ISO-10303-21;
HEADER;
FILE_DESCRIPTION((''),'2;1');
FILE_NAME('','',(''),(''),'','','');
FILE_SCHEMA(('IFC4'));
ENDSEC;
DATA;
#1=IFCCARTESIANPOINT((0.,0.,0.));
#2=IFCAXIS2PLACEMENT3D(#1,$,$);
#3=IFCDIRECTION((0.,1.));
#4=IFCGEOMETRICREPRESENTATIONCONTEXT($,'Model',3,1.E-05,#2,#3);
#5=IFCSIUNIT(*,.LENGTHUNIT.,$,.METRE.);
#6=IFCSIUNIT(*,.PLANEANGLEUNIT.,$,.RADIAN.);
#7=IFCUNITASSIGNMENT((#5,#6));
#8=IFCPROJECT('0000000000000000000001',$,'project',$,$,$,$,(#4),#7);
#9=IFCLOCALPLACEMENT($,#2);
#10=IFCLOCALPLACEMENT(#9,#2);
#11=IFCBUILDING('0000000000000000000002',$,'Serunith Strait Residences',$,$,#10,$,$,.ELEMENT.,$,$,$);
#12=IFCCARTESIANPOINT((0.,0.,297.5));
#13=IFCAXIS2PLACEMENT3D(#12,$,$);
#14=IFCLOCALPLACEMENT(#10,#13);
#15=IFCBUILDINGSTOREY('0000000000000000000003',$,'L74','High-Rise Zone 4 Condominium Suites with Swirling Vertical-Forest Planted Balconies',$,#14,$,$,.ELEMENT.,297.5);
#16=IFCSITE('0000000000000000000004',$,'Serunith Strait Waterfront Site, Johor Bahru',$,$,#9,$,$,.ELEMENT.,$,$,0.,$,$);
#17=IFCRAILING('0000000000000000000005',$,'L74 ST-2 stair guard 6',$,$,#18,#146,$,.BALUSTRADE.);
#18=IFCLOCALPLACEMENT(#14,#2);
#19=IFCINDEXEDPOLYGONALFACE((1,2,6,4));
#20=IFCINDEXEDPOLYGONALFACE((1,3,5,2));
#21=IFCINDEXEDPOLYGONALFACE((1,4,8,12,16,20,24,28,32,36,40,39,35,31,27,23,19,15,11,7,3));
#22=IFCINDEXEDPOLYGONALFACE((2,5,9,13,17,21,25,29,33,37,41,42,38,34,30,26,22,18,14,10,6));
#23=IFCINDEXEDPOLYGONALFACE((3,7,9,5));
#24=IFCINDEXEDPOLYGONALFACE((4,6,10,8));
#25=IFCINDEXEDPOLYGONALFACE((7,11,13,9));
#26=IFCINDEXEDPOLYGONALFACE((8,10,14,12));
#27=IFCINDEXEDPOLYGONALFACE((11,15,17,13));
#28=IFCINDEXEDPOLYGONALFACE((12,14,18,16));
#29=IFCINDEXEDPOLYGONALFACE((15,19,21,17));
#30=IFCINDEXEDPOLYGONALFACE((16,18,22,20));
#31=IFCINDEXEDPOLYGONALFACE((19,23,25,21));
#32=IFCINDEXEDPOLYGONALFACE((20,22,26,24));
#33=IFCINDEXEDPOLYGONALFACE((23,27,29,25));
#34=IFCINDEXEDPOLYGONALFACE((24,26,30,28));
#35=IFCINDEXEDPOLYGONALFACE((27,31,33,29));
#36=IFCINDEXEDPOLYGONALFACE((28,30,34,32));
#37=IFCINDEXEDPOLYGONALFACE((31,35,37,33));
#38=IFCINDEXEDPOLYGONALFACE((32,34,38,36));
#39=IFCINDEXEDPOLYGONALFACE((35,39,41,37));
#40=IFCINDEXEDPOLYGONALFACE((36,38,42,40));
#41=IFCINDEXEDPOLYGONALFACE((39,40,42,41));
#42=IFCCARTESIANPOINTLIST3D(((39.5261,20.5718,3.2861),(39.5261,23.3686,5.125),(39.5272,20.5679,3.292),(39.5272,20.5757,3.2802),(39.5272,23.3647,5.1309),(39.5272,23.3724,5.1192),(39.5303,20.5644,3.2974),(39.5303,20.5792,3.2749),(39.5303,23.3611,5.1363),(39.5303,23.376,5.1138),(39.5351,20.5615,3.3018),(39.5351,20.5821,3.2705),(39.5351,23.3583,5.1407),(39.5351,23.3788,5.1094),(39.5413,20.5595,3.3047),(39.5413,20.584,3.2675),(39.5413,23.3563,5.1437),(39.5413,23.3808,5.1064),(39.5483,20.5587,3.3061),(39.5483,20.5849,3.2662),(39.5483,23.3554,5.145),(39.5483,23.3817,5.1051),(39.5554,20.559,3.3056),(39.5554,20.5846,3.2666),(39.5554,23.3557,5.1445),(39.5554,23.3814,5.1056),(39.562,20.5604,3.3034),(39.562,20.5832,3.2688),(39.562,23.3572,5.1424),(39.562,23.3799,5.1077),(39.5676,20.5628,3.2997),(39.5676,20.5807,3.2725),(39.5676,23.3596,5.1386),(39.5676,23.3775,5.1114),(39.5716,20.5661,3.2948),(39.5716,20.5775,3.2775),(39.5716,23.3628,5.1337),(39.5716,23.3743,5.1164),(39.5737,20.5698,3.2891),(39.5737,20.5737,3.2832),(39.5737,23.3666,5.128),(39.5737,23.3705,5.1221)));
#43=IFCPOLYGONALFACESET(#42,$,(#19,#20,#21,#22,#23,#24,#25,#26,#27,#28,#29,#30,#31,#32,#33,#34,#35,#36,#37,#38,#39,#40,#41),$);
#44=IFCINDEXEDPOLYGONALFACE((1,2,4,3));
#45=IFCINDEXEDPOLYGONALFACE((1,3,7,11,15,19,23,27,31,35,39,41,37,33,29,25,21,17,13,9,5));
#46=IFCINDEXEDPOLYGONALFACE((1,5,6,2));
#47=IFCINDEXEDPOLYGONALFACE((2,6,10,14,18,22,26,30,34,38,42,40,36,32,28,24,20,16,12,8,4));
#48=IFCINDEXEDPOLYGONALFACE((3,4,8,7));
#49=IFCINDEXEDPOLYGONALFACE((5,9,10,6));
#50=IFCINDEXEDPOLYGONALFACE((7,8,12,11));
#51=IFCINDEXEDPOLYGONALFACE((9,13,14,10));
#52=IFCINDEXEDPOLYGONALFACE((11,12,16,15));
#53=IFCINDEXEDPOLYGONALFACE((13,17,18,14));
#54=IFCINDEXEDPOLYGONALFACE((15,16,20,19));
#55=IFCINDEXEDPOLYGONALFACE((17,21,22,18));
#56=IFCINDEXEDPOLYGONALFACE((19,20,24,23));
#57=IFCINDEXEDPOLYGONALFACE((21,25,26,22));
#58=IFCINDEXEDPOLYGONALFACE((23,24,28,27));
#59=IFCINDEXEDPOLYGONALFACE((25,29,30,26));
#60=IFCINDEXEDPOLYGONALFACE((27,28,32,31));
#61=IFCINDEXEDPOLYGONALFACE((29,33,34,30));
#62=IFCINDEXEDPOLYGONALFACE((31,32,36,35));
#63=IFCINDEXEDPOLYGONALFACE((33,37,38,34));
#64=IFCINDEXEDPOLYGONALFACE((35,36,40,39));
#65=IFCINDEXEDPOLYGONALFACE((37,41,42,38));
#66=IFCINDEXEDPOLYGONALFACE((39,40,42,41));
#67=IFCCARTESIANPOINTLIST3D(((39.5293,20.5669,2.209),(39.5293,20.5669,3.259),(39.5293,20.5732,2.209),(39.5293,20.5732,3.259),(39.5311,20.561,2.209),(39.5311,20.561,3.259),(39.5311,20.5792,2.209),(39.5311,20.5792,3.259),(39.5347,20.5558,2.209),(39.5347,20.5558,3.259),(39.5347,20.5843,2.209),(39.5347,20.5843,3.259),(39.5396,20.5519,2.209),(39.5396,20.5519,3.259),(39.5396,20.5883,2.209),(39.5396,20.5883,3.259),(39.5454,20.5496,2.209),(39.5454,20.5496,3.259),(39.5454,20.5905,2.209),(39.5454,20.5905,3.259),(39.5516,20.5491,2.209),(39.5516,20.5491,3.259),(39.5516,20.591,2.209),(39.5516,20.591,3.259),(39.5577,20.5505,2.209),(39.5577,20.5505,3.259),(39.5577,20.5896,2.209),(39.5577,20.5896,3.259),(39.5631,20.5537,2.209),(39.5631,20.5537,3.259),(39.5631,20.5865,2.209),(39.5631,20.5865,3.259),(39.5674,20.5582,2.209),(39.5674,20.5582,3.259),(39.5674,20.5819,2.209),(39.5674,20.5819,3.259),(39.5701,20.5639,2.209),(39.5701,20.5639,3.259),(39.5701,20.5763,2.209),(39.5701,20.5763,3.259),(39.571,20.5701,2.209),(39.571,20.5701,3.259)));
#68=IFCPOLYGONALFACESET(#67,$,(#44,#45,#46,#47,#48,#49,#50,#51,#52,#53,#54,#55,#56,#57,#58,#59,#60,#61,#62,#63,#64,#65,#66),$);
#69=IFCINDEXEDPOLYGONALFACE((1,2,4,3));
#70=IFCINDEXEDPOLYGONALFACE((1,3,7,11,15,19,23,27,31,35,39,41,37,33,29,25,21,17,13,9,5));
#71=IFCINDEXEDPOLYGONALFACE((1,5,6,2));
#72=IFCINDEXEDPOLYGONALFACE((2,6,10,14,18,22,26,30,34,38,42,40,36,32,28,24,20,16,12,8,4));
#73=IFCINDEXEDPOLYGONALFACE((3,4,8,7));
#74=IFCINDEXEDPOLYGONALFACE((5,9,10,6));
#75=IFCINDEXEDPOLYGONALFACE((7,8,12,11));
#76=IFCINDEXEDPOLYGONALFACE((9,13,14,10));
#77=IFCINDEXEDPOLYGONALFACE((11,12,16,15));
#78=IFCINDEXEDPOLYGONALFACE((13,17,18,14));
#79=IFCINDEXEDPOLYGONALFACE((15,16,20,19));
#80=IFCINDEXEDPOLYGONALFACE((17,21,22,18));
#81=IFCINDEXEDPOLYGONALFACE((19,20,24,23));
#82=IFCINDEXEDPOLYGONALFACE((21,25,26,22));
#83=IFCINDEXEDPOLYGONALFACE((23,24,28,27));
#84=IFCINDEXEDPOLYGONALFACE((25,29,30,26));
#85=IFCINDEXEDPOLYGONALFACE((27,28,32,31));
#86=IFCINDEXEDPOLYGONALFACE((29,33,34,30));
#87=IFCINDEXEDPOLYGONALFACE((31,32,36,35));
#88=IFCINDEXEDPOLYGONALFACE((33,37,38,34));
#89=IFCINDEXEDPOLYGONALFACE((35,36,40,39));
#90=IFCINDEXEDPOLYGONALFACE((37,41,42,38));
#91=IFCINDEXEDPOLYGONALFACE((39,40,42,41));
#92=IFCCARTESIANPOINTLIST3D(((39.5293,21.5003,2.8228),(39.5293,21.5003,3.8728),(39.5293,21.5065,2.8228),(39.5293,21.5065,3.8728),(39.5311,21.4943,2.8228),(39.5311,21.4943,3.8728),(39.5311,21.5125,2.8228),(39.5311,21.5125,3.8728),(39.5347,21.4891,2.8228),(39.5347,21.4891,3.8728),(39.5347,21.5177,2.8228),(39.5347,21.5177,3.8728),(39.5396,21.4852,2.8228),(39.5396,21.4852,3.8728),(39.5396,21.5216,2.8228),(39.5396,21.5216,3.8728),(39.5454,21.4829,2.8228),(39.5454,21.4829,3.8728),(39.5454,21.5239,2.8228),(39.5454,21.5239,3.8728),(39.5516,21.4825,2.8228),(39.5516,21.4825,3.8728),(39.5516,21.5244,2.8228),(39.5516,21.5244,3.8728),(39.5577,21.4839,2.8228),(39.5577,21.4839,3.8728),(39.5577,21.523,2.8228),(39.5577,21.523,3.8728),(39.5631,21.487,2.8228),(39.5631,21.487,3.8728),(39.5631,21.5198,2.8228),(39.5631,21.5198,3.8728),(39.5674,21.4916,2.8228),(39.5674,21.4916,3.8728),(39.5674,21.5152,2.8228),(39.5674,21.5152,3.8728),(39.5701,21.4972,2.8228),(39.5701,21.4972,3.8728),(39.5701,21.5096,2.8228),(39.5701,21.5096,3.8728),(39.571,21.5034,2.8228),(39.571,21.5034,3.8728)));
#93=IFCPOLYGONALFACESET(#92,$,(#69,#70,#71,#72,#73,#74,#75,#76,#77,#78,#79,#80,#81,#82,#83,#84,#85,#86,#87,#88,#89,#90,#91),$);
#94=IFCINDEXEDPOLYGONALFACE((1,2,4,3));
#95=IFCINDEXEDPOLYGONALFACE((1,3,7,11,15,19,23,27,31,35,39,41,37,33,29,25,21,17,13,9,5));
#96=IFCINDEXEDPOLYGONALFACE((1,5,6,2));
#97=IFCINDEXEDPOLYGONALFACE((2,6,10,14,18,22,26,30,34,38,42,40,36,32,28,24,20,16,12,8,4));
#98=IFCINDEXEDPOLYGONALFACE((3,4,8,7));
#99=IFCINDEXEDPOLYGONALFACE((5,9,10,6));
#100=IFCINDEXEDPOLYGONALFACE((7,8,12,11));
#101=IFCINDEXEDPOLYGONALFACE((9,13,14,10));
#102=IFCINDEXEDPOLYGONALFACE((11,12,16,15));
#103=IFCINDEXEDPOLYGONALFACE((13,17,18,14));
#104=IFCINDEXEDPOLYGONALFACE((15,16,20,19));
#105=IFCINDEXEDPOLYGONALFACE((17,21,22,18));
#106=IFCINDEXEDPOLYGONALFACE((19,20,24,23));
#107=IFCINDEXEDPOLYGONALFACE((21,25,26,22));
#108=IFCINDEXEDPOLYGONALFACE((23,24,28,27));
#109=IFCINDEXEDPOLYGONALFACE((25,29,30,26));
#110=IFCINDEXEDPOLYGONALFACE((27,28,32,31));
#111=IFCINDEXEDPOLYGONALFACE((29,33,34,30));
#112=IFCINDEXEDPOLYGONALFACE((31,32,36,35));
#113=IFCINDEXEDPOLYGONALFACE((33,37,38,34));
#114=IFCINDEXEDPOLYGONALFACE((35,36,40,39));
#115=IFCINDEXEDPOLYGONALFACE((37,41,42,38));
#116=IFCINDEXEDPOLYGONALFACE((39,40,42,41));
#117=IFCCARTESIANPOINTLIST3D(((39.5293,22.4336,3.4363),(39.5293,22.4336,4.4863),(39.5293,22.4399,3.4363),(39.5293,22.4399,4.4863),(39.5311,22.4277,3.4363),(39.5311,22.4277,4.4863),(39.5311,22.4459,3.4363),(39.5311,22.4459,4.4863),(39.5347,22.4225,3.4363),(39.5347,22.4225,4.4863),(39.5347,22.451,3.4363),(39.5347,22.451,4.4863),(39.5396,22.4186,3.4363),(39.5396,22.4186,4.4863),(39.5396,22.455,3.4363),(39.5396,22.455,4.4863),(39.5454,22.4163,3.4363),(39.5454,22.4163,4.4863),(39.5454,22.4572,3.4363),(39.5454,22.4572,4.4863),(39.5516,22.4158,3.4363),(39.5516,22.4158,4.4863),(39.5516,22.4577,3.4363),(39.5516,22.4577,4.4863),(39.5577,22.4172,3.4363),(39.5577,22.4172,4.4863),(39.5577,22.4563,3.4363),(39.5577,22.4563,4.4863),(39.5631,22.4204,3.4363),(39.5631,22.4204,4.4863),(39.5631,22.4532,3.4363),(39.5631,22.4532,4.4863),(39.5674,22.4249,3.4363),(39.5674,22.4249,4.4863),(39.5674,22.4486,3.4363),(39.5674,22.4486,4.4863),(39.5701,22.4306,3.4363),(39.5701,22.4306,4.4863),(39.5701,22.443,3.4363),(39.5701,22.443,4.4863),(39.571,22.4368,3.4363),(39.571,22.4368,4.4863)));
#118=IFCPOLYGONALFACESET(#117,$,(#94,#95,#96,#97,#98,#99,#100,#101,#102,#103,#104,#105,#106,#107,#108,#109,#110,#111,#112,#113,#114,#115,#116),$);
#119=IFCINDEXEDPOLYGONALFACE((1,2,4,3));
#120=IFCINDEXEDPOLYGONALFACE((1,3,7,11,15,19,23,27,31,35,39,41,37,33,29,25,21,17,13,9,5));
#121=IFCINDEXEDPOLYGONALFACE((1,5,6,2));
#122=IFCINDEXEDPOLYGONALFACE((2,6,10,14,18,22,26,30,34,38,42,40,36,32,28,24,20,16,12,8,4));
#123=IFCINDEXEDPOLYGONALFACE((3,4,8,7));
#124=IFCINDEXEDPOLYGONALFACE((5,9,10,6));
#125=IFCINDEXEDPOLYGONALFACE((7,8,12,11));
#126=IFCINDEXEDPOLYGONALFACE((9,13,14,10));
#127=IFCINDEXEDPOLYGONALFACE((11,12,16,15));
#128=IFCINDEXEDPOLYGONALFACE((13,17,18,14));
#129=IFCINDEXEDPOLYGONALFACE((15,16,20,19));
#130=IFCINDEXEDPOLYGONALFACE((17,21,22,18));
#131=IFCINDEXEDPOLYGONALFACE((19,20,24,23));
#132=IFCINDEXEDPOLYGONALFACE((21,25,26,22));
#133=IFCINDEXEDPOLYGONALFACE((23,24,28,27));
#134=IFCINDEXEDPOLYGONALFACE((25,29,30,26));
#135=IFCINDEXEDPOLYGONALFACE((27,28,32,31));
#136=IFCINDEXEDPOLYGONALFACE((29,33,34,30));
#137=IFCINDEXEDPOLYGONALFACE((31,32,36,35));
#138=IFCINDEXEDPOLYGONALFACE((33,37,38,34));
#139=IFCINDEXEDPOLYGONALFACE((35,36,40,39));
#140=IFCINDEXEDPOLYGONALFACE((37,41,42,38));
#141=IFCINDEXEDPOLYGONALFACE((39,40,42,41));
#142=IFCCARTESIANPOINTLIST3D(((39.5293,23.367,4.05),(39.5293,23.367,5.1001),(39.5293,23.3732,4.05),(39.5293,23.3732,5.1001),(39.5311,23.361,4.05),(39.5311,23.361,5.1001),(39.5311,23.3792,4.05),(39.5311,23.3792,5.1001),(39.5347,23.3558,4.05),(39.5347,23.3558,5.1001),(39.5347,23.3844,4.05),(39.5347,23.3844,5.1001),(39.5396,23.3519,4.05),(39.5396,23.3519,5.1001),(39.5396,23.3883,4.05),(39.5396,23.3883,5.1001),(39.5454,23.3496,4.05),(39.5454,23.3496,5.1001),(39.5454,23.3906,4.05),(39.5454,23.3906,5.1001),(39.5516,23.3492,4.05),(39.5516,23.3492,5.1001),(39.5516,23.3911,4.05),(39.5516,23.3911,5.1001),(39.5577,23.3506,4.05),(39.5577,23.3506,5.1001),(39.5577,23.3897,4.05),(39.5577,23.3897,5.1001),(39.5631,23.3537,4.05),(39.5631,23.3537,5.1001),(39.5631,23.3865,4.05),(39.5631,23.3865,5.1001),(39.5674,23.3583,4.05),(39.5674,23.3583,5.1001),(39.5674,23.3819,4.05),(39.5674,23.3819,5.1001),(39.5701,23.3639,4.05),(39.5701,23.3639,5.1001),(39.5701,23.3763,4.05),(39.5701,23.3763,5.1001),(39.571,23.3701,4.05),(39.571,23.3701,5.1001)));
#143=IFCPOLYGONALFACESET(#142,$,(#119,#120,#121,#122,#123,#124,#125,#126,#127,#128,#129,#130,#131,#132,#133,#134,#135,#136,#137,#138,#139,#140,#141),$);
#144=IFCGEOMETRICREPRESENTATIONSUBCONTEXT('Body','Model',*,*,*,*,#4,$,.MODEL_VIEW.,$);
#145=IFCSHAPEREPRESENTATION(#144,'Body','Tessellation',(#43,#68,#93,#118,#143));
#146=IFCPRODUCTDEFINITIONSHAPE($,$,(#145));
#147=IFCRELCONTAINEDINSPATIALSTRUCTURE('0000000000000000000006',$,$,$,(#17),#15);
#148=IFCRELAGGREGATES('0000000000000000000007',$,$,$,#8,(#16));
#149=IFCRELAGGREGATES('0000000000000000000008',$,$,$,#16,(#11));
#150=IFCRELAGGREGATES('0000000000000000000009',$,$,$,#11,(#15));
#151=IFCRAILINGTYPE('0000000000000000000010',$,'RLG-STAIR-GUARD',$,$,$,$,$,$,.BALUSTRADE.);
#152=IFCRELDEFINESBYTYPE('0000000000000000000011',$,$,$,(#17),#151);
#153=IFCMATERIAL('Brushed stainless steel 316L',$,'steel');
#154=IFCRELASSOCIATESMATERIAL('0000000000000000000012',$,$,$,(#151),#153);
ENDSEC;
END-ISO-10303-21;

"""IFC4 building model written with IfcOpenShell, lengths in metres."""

from ifc_helpers import new_model, si_unit, direction, frame, origin, origin_2d, place, context, subcontext, project, spatial, circle, extrude, material, type_object, element, save


model = new_model("IFC4")

# Units and contexts
model_context = context("Model", 3, precision=1e-05, world=origin(), true_north=direction((0.0, 1.0)))
body_context = subcontext(model_context, "Body", "Model", "MODEL_VIEW")
ifc_project = project(units=[si_unit("LENGTHUNIT", "METRE"), si_unit("PLANEANGLEUNIT", "RADIAN")], contexts=[model_context])

# Site, building, storey
site_placement = place(None, origin())
site = spatial("IfcSite", under=ifc_project, at=site_placement, Name="Serunith Strait Waterfront Site, Johor Bahru", CompositionType="ELEMENT", RefElevation=0.0)
building_placement = place(site_placement, origin())
building = spatial("IfcBuilding", under=site, at=building_placement, Name="Serunith Strait Residences", CompositionType="ELEMENT")
storey_placement = place(building_placement, frame((0.0, 0.0, 297.5)))
storey = spatial("IfcBuildingStorey", under=building, at=storey_placement, Name="L74", Description="High-Rise Zone 4 Condominium Suites with Swirling Vertical-Forest Planted Balconies", CompositionType="ELEMENT", Elevation=297.5)

# Railing
ifc_material_1 = material(Name="Brushed stainless steel 316L", Category="steel")
railing_type_1 = type_object("IfcRailingType", Name="RLG-STAIR-GUARD", PredefinedType="BALUSTRADE", material=ifc_material_1)
railing_1_placement = place(storey_placement, frame((39.55, 20.5701, 2.209)))
element("IfcRailing", 1, at=railing_1_placement, inside=storey, type_object=railing_type_1, Name="L74 ST-2 stair guard 6", PredefinedType="BALUSTRADE", context=body_context, shape_type="SweptSolid", body=[
    extrude(circle(Radius=0.0239, at=origin_2d()), frame((0.0, 0.0017, 1.0771), z_axis=(0.0, 0.835564, 0.549393), x_axis=(-1.0, 0.0, 0.0)), (0.0, 0.0, 1.0), 3.3472),
    extrude(circle(Radius=0.021, at=origin_2d()), origin(), (0.0, 0.0, 1.0), 1.05),
    extrude(circle(Radius=0.021, at=origin_2d()), frame((0.0, 0.9333, 0.6138)), (0.0, 0.0, 1.0), 1.05),
    extrude(circle(Radius=0.021, at=origin_2d()), frame((0.0, 1.8667, 1.2273)), (0.0, 0.0, 1.0), 1.05),
    extrude(circle(Radius=0.021, at=origin_2d()), frame((0.0, 2.8, 1.8411)), (0.0, 0.0, 1.0), 1.05),
])

save(model, "model.ifc")
